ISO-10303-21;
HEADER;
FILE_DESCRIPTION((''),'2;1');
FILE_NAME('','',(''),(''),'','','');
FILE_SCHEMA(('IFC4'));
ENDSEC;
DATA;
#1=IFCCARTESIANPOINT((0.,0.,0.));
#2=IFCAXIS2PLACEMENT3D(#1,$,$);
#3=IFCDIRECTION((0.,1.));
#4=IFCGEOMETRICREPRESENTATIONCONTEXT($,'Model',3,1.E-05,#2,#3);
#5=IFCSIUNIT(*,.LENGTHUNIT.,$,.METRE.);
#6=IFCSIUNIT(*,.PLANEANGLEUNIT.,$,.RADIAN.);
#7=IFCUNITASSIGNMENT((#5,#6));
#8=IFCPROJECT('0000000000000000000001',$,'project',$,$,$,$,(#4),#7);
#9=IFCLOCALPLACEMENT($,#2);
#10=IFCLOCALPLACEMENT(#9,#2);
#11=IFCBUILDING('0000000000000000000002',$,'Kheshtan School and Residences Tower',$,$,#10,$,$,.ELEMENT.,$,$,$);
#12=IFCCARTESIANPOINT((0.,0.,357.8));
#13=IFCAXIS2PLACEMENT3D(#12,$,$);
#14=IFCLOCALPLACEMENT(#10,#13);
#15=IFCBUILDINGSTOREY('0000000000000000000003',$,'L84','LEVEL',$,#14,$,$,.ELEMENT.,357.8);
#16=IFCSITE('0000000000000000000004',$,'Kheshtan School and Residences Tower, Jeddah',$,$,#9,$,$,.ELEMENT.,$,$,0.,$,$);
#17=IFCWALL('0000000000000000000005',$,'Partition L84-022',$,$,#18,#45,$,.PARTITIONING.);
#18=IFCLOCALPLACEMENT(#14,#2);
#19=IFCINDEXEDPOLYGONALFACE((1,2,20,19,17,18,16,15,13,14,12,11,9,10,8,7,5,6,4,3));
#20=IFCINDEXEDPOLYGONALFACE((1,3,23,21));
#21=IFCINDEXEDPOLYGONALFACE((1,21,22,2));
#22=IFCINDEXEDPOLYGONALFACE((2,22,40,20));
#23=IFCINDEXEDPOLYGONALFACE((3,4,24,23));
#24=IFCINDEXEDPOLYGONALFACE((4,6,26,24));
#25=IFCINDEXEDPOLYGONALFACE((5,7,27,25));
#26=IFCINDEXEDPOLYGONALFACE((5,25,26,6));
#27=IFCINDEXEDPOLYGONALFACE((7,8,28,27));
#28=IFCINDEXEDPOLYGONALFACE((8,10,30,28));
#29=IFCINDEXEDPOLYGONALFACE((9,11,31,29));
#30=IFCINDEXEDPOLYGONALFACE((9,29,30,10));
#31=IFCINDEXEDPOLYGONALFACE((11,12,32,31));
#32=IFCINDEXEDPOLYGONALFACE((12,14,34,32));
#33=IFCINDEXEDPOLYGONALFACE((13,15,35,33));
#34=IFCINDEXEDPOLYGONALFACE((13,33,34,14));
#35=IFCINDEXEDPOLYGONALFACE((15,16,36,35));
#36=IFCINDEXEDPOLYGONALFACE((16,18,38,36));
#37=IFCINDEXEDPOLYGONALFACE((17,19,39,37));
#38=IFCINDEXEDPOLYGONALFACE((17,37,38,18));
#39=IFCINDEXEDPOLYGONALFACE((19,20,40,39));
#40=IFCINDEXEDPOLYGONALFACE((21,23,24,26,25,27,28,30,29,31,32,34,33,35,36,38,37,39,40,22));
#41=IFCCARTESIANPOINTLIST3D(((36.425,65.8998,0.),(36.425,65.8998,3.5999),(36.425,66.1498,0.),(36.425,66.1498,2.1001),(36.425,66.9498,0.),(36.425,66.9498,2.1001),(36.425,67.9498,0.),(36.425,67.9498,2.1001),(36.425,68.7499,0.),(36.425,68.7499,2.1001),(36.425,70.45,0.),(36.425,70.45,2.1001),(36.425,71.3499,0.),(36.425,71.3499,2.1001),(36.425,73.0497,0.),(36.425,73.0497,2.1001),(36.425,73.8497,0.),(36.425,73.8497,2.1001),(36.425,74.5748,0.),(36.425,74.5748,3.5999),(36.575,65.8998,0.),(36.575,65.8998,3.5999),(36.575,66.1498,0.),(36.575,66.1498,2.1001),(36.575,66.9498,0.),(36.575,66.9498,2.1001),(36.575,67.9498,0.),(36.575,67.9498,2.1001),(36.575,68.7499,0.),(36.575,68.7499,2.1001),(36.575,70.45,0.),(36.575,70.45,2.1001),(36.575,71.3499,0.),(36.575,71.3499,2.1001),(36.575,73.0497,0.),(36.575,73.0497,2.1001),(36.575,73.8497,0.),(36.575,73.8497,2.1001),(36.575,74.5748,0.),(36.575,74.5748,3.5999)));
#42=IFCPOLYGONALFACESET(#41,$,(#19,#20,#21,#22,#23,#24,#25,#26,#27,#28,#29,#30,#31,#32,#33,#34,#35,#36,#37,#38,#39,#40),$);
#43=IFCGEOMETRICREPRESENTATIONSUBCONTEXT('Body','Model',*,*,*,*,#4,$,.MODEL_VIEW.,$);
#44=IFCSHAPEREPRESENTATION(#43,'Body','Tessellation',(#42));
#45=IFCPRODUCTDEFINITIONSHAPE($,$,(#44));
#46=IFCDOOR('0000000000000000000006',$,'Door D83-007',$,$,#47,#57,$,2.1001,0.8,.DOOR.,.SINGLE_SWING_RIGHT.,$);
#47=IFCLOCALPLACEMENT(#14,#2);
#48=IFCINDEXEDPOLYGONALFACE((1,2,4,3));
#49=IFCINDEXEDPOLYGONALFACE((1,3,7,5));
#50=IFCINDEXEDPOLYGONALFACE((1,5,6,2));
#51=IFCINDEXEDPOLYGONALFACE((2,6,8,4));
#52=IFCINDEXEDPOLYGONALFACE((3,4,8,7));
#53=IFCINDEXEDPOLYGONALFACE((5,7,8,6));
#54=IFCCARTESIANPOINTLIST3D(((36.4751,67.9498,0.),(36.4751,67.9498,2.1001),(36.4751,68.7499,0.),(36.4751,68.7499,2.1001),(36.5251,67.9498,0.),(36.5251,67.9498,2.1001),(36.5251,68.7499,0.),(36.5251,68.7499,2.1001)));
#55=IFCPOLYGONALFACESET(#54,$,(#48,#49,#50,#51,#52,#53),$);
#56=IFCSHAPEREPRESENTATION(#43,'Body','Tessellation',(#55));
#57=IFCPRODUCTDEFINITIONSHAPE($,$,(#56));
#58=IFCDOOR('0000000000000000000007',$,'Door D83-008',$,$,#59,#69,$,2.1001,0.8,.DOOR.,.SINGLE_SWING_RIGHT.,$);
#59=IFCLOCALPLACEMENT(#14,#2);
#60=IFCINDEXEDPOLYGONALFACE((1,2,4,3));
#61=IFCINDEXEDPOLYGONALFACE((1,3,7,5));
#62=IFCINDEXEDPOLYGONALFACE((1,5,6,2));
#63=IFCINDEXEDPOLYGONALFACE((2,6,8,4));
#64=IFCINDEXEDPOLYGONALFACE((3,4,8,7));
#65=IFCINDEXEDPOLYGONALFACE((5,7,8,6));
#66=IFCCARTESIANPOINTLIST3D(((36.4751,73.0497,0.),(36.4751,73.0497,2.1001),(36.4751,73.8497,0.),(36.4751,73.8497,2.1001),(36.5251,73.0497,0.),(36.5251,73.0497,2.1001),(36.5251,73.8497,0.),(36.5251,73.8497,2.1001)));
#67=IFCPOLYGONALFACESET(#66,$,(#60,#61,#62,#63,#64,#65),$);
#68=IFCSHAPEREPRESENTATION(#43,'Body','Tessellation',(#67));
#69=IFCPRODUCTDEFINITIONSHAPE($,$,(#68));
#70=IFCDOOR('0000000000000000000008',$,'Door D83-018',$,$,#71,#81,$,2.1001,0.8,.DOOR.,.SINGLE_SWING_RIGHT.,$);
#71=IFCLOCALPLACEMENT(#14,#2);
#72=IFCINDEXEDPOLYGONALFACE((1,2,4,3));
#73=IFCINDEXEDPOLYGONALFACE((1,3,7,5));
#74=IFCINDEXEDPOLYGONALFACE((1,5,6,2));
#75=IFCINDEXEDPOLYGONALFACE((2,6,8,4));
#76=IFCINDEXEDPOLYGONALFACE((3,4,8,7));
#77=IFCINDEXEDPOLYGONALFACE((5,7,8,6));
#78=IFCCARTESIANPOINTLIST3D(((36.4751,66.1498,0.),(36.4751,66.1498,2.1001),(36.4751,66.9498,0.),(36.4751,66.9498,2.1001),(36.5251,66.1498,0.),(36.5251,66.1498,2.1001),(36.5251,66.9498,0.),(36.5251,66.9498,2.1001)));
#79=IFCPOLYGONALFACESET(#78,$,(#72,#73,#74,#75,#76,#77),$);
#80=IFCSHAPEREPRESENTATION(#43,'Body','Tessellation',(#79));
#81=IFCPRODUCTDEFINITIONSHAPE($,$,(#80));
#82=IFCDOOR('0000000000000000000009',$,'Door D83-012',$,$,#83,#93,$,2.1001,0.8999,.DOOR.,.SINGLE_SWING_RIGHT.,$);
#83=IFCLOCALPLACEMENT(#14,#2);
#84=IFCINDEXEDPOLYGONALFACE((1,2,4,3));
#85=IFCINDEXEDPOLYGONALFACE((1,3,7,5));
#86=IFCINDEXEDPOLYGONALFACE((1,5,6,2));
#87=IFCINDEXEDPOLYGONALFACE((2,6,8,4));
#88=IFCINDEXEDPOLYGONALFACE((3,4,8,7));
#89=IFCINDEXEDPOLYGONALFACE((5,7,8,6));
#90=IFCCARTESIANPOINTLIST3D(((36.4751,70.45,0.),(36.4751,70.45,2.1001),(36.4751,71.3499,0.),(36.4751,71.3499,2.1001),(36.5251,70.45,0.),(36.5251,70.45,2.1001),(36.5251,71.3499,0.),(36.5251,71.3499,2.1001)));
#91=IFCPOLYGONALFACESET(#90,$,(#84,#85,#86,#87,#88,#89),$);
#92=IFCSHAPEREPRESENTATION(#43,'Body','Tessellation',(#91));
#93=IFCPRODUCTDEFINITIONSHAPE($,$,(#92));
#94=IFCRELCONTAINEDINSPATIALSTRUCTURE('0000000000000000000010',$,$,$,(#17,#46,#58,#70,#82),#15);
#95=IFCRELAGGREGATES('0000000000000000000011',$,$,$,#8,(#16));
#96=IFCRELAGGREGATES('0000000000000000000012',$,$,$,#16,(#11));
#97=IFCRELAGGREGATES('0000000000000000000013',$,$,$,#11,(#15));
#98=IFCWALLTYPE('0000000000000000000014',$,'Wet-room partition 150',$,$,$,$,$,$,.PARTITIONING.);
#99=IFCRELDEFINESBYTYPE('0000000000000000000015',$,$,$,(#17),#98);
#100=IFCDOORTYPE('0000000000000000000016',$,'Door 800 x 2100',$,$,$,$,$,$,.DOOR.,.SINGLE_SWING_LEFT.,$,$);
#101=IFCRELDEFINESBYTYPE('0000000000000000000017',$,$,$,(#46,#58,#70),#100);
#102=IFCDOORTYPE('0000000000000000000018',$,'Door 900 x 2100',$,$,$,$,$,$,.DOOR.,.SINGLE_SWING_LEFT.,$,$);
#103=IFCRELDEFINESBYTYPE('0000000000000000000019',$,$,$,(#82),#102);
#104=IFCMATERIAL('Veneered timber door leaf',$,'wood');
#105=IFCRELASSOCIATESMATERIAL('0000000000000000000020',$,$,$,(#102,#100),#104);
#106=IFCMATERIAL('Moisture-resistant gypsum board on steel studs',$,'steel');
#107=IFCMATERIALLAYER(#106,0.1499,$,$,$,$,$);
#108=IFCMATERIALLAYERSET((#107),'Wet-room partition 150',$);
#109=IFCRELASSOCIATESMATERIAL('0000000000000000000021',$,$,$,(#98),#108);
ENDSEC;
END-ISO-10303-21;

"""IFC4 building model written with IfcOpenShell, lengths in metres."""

from ifc_helpers import new_model, si_unit, direction, frame, frame_2d, origin, place, context, subcontext, project, spatial, rectangle, extrude, source, transform, mapped, material, layer, layer_set, type_object, element, fill, save


model = new_model("IFC4")

# Units and contexts
model_context = context("Model", 3, precision=1e-05, world=origin(), true_north=direction((0.0, 1.0)))
body_context = subcontext(model_context, "Body", "Model", "MODEL_VIEW")
ifc_project = project(units=[si_unit("LENGTHUNIT", "METRE"), si_unit("PLANEANGLEUNIT", "RADIAN")], contexts=[model_context])

# Site, building, storey
site_placement = place(None, origin())
site = spatial("IfcSite", under=ifc_project, at=site_placement, Name="Kheshtan School and Residences Tower, Jeddah", CompositionType="ELEMENT", RefElevation=0.0)
building_placement = place(site_placement, origin())
building = spatial("IfcBuilding", under=site, at=building_placement, Name="Kheshtan School and Residences Tower", CompositionType="ELEMENT")
storey_placement = place(building_placement, frame((0.0, 0.0, 357.8)))
storey = spatial("IfcBuildingStorey", under=building, at=storey_placement, Name="L84", Description="LEVEL", CompositionType="ELEMENT", Elevation=357.8)

# Shared definitions
ifc_material_1 = material(Name="Veneered timber door leaf", Category="wood")
door_type_1 = type_object("IfcDoorType", Name="Door 900 x 2100", OperationType="SINGLE_SWING_LEFT", PredefinedType="DOOR", material=ifc_material_1)
shared_shape_1 = source(origin(), body_context, "Body", "SweptSolid", [
    extrude(rectangle(XDim=0.8999, YDim=2.1001, at=frame_2d((0.45, 1.05))), frame((0.0, 0.0249, 0.0), z_axis=(0.0, -1.0, 0.0), x_axis=(1.0, 0.0, 0.0)), (0.0, 0.0, 1.0), 0.05),
])

# Shared definitions
ifc_material_2 = material(Name="Moisture-resistant gypsum board on steel studs", Category="steel")
ifc_layer_1 = layer(ifc_material_2, 0.1499)
ifc_layer_set_1 = layer_set([ifc_layer_1], Name="Wet-room partition 150")
wall_type_1 = type_object("IfcWallType", Name="Wet-room partition 150", PredefinedType="PARTITIONING", material=ifc_layer_set_1)

# Shared definitions
door_type_2 = type_object("IfcDoorType", Name="Door 800 x 2100", OperationType="SINGLE_SWING_LEFT", PredefinedType="DOOR", material=ifc_material_1)
shared_shape_2 = source(origin(), body_context, "Body", "SweptSolid", [
    extrude(rectangle(XDim=0.8, YDim=2.1001, at=frame_2d((0.3999, 1.05))), frame((0.0, 0.0249, 0.0), z_axis=(0.0, -1.0, 0.0), x_axis=(1.0, 0.0, 0.0)), (0.0, 0.0, 1.0), 0.05),
])

# Wall, openings, doors
wall_1_placement = place(storey_placement, frame((36.5, 65.8999, 0.0), z_axis=(0.0, 0.0, 1.0), x_axis=(0.0, 1.0, 0.0)))
wall_1 = element("IfcWall", 1, at=wall_1_placement, inside=storey, type_object=wall_type_1, Name="Partition L84-022", PredefinedType="PARTITIONING", context=body_context, shape_type="SweptSolid", body=[
    extrude(rectangle(XDim=8.675, YDim=0.1499, at=frame_2d((4.3374, 0.0))), origin(), (0.0, 0.0, 1.0), 3.5999),
])
opening_1_placement = place(wall_1_placement, frame((2.05, 0.0, 0.0)))
opening_1 = element("IfcOpeningElement", 2, at=opening_1_placement, cuts=wall_1, PredefinedType="OPENING", context=body_context, shape_type="SweptSolid", body=[
    extrude(rectangle(XDim=0.8, YDim=2.1001, at=frame_2d((0.3999, 1.05))), frame((0.0, 0.085, 0.0), z_axis=(0.0, -1.0, 0.0), x_axis=(1.0, 0.0, 0.0)), (0.0, 0.0, 1.0), 0.1699),
])
opening_2_placement = place(wall_1_placement, frame((7.1499, 0.0, 0.0)))
opening_2 = element("IfcOpeningElement", 3, at=opening_2_placement, cuts=wall_1, PredefinedType="OPENING", context=body_context, shape_type="SweptSolid", body=[
    extrude(rectangle(XDim=0.8, YDim=2.1001, at=frame_2d((0.3999, 1.05))), frame((0.0, 0.085, 0.0), z_axis=(0.0, -1.0, 0.0), x_axis=(1.0, 0.0, 0.0)), (0.0, 0.0, 1.0), 0.1699),
])
opening_3_placement = place(wall_1_placement, frame((4.55, 0.0, 0.0)))
opening_3 = element("IfcOpeningElement", 4, at=opening_3_placement, cuts=wall_1, PredefinedType="OPENING", context=body_context, shape_type="SweptSolid", body=[
    extrude(rectangle(XDim=0.8999, YDim=2.1001, at=frame_2d((0.45, 1.05))), frame((0.0, 0.085, 0.0), z_axis=(0.0, -1.0, 0.0), x_axis=(1.0, 0.0, 0.0)), (0.0, 0.0, 1.0), 0.1699),
])
opening_4_placement = place(wall_1_placement, frame((0.25, 0.0, 0.0)))
opening_4 = element("IfcOpeningElement", 5, at=opening_4_placement, cuts=wall_1, PredefinedType="OPENING", context=body_context, shape_type="SweptSolid", body=[
    extrude(rectangle(XDim=0.8, YDim=2.1001, at=frame_2d((0.3999, 1.05))), frame((0.0, 0.085, 0.0), z_axis=(0.0, -1.0, 0.0), x_axis=(1.0, 0.0, 0.0)), (0.0, 0.0, 1.0), 0.1699),
])
door_1_placement = place(opening_1_placement, origin())
door_1 = element("IfcDoor", 6, at=door_1_placement, inside=storey, type_object=door_type_2, Name="Door D83-007", OperationType="SINGLE_SWING_RIGHT", OverallHeight=2.1001, OverallWidth=0.8, PredefinedType="DOOR", context=body_context, shape_type="MappedRepresentation", body=[
    mapped(shared_shape_2, transform((0.0, 0.0, 0.0), x_axis=(1.0, 0.0, 0.0), y_axis=(0.0, 1.0, 0.0), z_axis=(0.0, 0.0, 1.0), scale=1.0)),
])
fill(opening_1, door_1)
door_2_placement = place(opening_2_placement, origin())
door_2 = element("IfcDoor", 7, at=door_2_placement, inside=storey, type_object=door_type_2, Name="Door D83-008", OperationType="SINGLE_SWING_RIGHT", OverallHeight=2.1001, OverallWidth=0.8, PredefinedType="DOOR", context=body_context, shape_type="MappedRepresentation", body=[
    mapped(shared_shape_2, transform((0.0, 0.0, 0.0), x_axis=(1.0, 0.0, 0.0), y_axis=(0.0, 1.0, 0.0), z_axis=(0.0, 0.0, 1.0), scale=1.0)),
])
fill(opening_2, door_2)
door_3_placement = place(opening_4_placement, origin())
door_3 = element("IfcDoor", 8, at=door_3_placement, inside=storey, type_object=door_type_2, Name="Door D83-018", OperationType="SINGLE_SWING_RIGHT", OverallHeight=2.1001, OverallWidth=0.8, PredefinedType="DOOR", context=body_context, shape_type="MappedRepresentation", body=[
    mapped(shared_shape_2, transform((0.0, 0.0, 0.0), x_axis=(1.0, 0.0, 0.0), y_axis=(0.0, 1.0, 0.0), z_axis=(0.0, 0.0, 1.0), scale=1.0)),
])
fill(opening_4, door_3)
door_4_placement = place(opening_3_placement, origin())
door_4 = element("IfcDoor", 9, at=door_4_placement, inside=storey, type_object=door_type_1, Name="Door D83-012", OperationType="SINGLE_SWING_RIGHT", OverallHeight=2.1001, OverallWidth=0.8999, PredefinedType="DOOR", context=body_context, shape_type="MappedRepresentation", body=[
    mapped(shared_shape_1, transform((0.0, 0.0, 0.0), x_axis=(1.0, 0.0, 0.0), y_axis=(0.0, 1.0, 0.0), z_axis=(0.0, 0.0, 1.0), scale=1.0)),
])
fill(opening_3, door_4)

save(model, "model.ifc")
